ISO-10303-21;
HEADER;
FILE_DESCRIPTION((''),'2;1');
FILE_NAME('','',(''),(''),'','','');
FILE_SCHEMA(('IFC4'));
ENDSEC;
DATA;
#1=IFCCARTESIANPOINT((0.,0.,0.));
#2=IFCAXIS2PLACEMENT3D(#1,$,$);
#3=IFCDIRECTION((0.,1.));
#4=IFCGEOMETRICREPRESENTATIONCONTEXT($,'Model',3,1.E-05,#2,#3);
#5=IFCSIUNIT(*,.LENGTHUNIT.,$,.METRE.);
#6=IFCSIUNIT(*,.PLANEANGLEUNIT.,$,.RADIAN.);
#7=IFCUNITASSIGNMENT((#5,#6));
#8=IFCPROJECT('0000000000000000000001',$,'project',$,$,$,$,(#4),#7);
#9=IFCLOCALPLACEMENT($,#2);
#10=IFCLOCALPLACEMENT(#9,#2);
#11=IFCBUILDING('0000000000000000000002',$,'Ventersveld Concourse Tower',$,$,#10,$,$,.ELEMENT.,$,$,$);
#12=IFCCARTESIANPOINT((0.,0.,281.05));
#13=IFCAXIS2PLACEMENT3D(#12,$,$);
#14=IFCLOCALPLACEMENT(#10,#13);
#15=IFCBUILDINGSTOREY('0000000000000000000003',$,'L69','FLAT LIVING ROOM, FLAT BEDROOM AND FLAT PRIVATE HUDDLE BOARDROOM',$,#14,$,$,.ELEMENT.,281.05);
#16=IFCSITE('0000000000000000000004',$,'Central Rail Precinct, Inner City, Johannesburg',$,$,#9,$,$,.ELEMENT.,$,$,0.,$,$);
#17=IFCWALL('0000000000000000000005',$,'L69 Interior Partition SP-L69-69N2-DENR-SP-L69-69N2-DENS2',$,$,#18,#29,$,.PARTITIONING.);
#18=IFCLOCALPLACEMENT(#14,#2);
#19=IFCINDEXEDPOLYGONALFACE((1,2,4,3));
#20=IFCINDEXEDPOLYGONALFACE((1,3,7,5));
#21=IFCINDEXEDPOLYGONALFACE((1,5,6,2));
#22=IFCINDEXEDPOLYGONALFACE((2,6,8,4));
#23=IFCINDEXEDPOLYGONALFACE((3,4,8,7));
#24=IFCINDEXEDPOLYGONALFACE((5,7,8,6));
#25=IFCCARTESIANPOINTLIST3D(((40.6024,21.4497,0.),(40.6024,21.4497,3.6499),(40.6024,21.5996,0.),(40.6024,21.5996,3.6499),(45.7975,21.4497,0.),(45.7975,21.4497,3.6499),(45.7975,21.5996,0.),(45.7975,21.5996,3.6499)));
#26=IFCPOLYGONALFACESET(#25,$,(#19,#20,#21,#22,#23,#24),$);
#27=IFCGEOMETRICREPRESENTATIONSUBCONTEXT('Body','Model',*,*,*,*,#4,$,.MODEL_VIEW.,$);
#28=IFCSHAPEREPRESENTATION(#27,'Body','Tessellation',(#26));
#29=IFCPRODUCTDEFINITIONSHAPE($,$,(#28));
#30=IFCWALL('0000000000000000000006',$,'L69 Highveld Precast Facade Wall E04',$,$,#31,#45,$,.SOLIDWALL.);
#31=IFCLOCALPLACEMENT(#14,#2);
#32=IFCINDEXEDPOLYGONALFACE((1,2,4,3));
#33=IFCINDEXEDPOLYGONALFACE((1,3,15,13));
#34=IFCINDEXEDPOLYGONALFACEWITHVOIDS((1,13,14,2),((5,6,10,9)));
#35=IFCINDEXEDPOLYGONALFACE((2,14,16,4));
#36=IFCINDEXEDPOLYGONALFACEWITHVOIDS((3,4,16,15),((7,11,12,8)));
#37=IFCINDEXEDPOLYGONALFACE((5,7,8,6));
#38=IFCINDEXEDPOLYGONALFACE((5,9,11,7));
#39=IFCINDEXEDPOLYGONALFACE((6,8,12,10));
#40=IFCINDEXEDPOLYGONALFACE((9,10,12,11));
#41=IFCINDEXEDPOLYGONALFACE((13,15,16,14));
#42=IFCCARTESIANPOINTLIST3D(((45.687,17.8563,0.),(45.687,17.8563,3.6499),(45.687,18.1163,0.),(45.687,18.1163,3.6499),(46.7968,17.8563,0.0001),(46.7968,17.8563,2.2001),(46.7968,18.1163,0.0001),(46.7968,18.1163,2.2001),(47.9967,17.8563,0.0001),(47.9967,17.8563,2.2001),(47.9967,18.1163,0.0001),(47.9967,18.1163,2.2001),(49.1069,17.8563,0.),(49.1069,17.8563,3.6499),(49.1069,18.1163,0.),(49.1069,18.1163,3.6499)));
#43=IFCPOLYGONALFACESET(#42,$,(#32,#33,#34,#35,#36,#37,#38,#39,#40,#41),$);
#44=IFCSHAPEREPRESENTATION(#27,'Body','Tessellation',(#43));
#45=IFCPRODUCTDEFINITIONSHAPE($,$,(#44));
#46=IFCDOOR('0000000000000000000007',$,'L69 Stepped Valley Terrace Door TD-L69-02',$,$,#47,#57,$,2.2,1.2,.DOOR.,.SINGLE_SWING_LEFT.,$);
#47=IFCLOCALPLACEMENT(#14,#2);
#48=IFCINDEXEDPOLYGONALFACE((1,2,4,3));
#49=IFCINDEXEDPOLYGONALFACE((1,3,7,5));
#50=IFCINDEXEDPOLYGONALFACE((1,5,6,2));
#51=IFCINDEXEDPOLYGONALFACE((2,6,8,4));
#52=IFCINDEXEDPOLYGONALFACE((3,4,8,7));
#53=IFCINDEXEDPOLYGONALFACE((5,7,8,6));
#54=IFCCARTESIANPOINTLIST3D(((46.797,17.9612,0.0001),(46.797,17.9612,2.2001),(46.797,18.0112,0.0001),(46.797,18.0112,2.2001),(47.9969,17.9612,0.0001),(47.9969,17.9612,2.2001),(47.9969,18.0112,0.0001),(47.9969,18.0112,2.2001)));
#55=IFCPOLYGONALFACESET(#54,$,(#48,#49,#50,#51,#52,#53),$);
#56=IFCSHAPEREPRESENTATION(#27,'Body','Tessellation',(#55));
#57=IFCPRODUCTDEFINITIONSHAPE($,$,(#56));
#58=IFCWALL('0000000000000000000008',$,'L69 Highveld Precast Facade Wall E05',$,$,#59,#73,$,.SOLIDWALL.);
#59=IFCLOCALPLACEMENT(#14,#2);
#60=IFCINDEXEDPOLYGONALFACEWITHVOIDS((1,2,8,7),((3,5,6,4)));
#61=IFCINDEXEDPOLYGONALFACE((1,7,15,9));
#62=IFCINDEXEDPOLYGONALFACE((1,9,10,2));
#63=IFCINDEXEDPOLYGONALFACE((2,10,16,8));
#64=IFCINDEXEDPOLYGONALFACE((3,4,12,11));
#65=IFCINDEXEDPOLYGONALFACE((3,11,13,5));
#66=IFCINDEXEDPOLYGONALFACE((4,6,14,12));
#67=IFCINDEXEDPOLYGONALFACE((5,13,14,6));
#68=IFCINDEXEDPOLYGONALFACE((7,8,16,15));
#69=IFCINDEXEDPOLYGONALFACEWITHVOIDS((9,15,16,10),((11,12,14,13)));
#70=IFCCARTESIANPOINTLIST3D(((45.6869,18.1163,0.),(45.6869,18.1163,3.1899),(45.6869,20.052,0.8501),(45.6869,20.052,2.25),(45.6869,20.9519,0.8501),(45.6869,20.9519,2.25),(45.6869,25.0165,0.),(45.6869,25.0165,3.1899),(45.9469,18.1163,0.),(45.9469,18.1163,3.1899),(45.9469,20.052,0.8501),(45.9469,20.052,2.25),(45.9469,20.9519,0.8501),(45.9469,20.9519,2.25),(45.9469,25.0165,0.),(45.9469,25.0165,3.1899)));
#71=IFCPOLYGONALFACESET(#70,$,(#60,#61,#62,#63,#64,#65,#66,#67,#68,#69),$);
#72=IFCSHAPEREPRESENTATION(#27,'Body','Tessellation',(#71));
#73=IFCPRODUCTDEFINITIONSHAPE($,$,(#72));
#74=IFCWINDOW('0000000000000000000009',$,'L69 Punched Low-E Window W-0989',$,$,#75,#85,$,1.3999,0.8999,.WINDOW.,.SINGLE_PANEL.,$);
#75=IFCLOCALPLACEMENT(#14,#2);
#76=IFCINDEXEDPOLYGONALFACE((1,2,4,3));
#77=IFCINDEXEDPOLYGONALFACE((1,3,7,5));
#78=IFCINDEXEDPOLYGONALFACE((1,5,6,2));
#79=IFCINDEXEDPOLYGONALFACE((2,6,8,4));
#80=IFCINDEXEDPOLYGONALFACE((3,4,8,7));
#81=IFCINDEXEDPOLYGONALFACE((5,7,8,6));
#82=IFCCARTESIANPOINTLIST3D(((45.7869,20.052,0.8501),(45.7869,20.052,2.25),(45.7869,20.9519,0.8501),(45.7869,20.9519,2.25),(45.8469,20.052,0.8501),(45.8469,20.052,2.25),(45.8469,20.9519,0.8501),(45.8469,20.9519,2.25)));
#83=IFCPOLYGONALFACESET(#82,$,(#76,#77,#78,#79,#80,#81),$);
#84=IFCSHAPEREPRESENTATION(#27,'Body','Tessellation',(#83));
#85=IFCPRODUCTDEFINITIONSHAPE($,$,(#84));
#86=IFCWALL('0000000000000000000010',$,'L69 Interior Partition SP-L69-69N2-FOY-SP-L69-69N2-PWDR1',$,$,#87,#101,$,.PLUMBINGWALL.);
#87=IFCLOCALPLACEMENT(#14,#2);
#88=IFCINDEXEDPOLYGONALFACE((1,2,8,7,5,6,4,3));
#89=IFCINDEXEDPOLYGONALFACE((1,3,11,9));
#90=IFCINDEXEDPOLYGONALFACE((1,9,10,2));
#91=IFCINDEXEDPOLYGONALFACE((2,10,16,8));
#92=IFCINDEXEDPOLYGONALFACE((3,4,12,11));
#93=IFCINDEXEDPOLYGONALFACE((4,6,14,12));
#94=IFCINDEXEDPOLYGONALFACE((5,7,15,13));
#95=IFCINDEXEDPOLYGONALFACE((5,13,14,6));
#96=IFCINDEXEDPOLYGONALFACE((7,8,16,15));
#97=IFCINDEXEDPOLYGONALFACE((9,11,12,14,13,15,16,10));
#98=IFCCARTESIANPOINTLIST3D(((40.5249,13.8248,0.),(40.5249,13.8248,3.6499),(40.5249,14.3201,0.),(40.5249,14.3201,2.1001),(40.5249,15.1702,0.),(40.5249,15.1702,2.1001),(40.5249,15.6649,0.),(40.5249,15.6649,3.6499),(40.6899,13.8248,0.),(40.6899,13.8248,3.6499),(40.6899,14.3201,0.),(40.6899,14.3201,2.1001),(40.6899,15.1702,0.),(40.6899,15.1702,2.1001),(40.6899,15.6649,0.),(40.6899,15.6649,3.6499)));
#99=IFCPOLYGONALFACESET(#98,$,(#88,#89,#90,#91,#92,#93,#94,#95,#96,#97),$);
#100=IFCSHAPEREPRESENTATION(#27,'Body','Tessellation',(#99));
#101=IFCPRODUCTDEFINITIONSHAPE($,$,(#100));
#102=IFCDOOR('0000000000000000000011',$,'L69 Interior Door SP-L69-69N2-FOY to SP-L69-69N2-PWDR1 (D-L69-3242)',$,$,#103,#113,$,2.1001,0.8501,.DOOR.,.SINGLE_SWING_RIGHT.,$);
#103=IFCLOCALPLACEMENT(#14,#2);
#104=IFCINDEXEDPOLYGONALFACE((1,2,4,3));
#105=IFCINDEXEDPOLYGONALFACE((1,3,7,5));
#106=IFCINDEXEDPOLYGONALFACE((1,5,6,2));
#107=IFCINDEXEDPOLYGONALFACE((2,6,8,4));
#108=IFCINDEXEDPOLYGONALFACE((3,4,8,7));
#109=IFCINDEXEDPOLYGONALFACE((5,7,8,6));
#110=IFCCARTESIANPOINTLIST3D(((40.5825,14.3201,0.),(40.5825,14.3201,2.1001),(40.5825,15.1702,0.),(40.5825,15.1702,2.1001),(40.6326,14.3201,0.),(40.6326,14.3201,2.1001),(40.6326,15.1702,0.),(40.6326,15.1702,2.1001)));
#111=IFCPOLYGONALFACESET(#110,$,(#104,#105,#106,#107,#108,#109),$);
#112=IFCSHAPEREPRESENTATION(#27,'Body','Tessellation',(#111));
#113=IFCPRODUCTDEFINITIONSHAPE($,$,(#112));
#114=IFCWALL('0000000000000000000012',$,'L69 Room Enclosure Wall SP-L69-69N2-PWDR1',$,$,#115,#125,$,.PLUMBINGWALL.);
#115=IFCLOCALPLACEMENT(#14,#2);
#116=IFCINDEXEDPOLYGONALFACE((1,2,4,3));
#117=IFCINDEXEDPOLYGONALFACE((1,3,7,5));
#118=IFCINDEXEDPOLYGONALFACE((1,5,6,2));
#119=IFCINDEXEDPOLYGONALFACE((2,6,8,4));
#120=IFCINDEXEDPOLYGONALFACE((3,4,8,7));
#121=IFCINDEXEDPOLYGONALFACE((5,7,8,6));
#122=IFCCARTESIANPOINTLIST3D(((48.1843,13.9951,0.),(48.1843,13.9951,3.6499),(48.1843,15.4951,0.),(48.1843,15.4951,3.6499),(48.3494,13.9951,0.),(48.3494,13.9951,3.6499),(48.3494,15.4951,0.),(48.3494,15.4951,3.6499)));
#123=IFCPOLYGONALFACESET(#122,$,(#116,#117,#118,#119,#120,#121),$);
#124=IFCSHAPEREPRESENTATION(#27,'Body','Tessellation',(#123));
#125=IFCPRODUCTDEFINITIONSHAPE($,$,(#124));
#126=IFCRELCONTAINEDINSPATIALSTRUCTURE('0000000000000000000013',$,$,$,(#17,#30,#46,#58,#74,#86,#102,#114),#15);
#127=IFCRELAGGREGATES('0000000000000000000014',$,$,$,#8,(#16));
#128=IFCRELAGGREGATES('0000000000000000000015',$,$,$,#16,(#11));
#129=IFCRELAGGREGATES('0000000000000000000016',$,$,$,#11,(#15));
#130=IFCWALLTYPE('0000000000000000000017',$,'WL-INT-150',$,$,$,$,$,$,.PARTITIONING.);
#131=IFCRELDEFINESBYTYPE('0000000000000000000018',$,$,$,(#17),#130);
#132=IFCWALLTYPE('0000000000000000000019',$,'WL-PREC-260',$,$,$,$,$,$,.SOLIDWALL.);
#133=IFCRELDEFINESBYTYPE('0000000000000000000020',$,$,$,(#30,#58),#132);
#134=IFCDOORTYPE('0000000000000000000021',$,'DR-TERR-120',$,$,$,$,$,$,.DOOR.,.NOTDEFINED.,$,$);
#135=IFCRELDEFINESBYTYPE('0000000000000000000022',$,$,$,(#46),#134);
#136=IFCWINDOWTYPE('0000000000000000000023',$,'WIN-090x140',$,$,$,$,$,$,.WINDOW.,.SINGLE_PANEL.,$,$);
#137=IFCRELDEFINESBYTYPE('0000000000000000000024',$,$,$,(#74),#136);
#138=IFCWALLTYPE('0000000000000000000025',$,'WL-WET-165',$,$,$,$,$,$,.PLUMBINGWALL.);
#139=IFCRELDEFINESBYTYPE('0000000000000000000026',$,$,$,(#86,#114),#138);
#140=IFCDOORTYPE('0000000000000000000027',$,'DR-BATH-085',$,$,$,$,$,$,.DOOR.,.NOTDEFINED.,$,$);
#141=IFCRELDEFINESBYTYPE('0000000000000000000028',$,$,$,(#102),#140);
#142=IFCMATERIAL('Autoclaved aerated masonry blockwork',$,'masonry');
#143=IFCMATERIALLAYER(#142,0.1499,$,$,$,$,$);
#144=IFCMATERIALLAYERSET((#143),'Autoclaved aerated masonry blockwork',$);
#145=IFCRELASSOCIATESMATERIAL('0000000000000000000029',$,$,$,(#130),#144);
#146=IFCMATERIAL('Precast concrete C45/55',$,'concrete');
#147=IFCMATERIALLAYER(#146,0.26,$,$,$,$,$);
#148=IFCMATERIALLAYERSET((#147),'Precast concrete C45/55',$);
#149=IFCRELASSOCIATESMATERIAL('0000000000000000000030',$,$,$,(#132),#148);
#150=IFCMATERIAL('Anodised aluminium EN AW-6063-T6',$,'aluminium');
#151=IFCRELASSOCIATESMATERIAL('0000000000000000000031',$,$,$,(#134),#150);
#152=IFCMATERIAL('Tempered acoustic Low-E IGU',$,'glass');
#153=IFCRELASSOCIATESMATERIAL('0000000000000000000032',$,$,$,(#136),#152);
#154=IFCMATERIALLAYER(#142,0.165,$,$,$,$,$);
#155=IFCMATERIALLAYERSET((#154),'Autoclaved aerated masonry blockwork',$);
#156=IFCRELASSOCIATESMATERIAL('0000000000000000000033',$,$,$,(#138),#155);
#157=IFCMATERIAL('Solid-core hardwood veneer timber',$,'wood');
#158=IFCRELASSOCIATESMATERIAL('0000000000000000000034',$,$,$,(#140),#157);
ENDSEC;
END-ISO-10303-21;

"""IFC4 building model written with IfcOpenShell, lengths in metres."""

from ifc_helpers import new_model, si_unit, direction, frame, frame_2d, origin, place, context, subcontext, project, spatial, rectangle, extrude, material, layer, layer_set, type_object, element, fill, save


model = new_model("IFC4")

# Units and contexts
model_context = context("Model", 3, precision=1e-05, world=origin(), true_north=direction((0.0, 1.0)))
body_context = subcontext(model_context, "Body", "Model", "MODEL_VIEW")
ifc_project = project(units=[si_unit("LENGTHUNIT", "METRE"), si_unit("PLANEANGLEUNIT", "RADIAN")], contexts=[model_context])

# Site, building, storey
site_placement = place(None, origin())
site = spatial("IfcSite", under=ifc_project, at=site_placement, Name="Central Rail Precinct, Inner City, Johannesburg", CompositionType="ELEMENT", RefElevation=0.0)
building_placement = place(site_placement, origin())
building = spatial("IfcBuilding", under=site, at=building_placement, Name="Ventersveld Concourse Tower", CompositionType="ELEMENT")
storey_placement = place(building_placement, frame((0.0, 0.0, 281.05)))
storey = spatial("IfcBuildingStorey", under=building, at=storey_placement, Name="L69", Description="FLAT LIVING ROOM, FLAT BEDROOM AND FLAT PRIVATE HUDDLE BOARDROOM", CompositionType="ELEMENT", Elevation=281.05)

# Shared definitions
ifc_material_1 = material(Name="Solid-core hardwood veneer timber", Category="wood")

# Shared definitions
ifc_material_2 = material(Name="Autoclaved aerated masonry blockwork", Category="masonry")
ifc_layer_1 = layer(ifc_material_2, 0.1499)
ifc_layer_set_1 = layer_set([ifc_layer_1], Name="Autoclaved aerated masonry blockwork")
wall_type_1 = type_object("IfcWallType", Name="WL-INT-150", PredefinedType="PARTITIONING", material=ifc_layer_set_1)

# Wall
wall_1_placement = place(storey_placement, frame((40.6023, 21.5247, 0.0), z_axis=(0.0, 0.0, 1.0), x_axis=(1.0, 0.0, 0.0)))
element("IfcWall", 1, at=wall_1_placement, inside=storey, type_object=wall_type_1, Name="L69 Interior Partition SP-L69-69N2-DENR-SP-L69-69N2-DENS2", PredefinedType="PARTITIONING", context=body_context, shape_type="SweptSolid", body=[
    extrude(rectangle(XDim=5.1951, YDim=0.1499, at=frame_2d((2.5977, 0.0))), origin(), (0.0, 0.0, 1.0), 3.6499),
])

# Wall, opening, door
ifc_material_3 = material(Name="Precast concrete C45/55", Category="concrete")
ifc_layer_2 = layer(ifc_material_3, 0.26)
ifc_layer_set_2 = layer_set([ifc_layer_2], Name="Precast concrete C45/55")
wall_type_2 = type_object("IfcWallType", Name="WL-PREC-260", PredefinedType="SOLIDWALL", material=ifc_layer_set_2)
wall_2_placement = place(storey_placement, frame((49.1069, 17.9863, 0.0), z_axis=(0.0, 0.0, 1.0), x_axis=(-1.0, 0.0, 0.0)))
wall_2 = element("IfcWall", 2, at=wall_2_placement, inside=storey, type_object=wall_type_2, Name="L69 Highveld Precast Facade Wall E04", PredefinedType="SOLIDWALL", context=body_context, shape_type="SweptSolid", body=[
    extrude(rectangle(XDim=3.4199, YDim=0.26, at=frame_2d((1.71, 0.0))), origin(), (0.0, 0.0, 1.0), 3.6499),
])
opening_1_placement = place(wall_2_placement, frame((1.1101, 0.0, 0.0)))
opening_1 = element("IfcOpeningElement", 3, at=opening_1_placement, cuts=wall_2, PredefinedType="OPENING", context=body_context, shape_type="SweptSolid", body=[
    extrude(rectangle(XDim=1.2, YDim=2.2, at=frame_2d((0.6001, 1.1001))), frame((0.0, 0.1401, 0.0), z_axis=(0.0, -1.0, 0.0), x_axis=(1.0, 0.0, 0.0)), (0.0, 0.0, 1.0), 0.28),
])
ifc_material_4 = material(Name="Anodised aluminium EN AW-6063-T6", Category="aluminium")
door_type_1 = type_object("IfcDoorType", Name="DR-TERR-120", OperationType="NOTDEFINED", PredefinedType="DOOR", material=ifc_material_4)
door_1_placement = place(opening_1_placement, frame((1.2, 0.0, 0.0), z_axis=(0.0, 0.0, 1.0), x_axis=(-1.0, 0.0, 0.0)))
door_1 = element("IfcDoor", 4, at=door_1_placement, inside=storey, type_object=door_type_1, Name="L69 Stepped Valley Terrace Door TD-L69-02", OperationType="SINGLE_SWING_LEFT", OverallHeight=2.2, OverallWidth=1.2, PredefinedType="DOOR", context=body_context, shape_type="SweptSolid", body=[
    extrude(rectangle(XDim=1.2, YDim=2.2, at=frame_2d((0.6001, 1.1001))), frame((0.0, 0.0249, 0.0), z_axis=(0.0, -1.0, 0.0), x_axis=(1.0, 0.0, 0.0)), (0.0, 0.0, 1.0), 0.05),
])
fill(opening_1, door_1)

# Wall, opening, window
wall_3_placement = place(storey_placement, frame((45.8169, 18.1162, 0.0), z_axis=(0.0, 0.0, 1.0), x_axis=(0.0, 1.0, 0.0)))
wall_3 = element("IfcWall", 5, at=wall_3_placement, inside=storey, type_object=wall_type_2, Name="L69 Highveld Precast Facade Wall E05", PredefinedType="SOLIDWALL", context=body_context, shape_type="SweptSolid", body=[
    extrude(rectangle(XDim=6.9001, YDim=0.26, at=frame_2d((3.4502, 0.0))), origin(), (0.0, 0.0, 1.0), 3.1899),
])
opening_2_placement = place(wall_3_placement, frame((1.9358, 0.0, 0.8501)))
opening_2 = element("IfcOpeningElement", 6, at=opening_2_placement, cuts=wall_3, PredefinedType="OPENING", context=body_context, shape_type="SweptSolid", body=[
    extrude(rectangle(XDim=0.8999, YDim=1.3999, at=frame_2d((0.45, 0.7))), frame((0.0, 0.1401, 0.0), z_axis=(0.0, -1.0, 0.0), x_axis=(1.0, 0.0, 0.0)), (0.0, 0.0, 1.0), 0.28),
])
ifc_material_5 = material(Name="Tempered acoustic Low-E IGU", Category="glass")
window_type = type_object("IfcWindowType", Name="WIN-090x140", PartitioningType="SINGLE_PANEL", PredefinedType="WINDOW", material=ifc_material_5)
window_placement = place(opening_2_placement, origin())
window = element("IfcWindow", 7, at=window_placement, inside=storey, type_object=window_type, Name="L69 Punched Low-E Window W-0989", OverallHeight=1.3999, OverallWidth=0.8999, PartitioningType="SINGLE_PANEL", PredefinedType="WINDOW", context=body_context, shape_type="SweptSolid", body=[
    extrude(rectangle(XDim=0.8999, YDim=1.3999, at=frame_2d((0.45, 0.7))), frame((0.0, 0.03, 0.0), z_axis=(0.0, -1.0, 0.0), x_axis=(1.0, 0.0, 0.0)), (0.0, 0.0, 1.0), 0.0601),
])
fill(opening_2, window)

# Wall, opening, door
ifc_layer_3 = layer(ifc_material_2, 0.165)
ifc_layer_set_3 = layer_set([ifc_layer_3], Name="Autoclaved aerated masonry blockwork")
wall_type_3 = type_object("IfcWallType", Name="WL-WET-165", PredefinedType="PLUMBINGWALL", material=ifc_layer_set_3)
wall_4_placement = place(storey_placement, frame((40.6074, 13.825, 0.0), z_axis=(0.0, 0.0, 1.0), x_axis=(0.0, 1.0, 0.0)))
wall_4 = element("IfcWall", 8, at=wall_4_placement, inside=storey, type_object=wall_type_3, Name="L69 Interior Partition SP-L69-69N2-FOY-SP-L69-69N2-PWDR1", PredefinedType="PLUMBINGWALL", context=body_context, shape_type="SweptSolid", body=[
    extrude(rectangle(XDim=1.8401, YDim=0.165, at=frame_2d((0.9199, 0.0))), origin(), (0.0, 0.0, 1.0), 3.6499),
])
opening_3_placement = place(wall_4_placement, frame((0.4951, 0.0, 0.0)))
opening_3 = element("IfcOpeningElement", 9, at=opening_3_placement, cuts=wall_4, PredefinedType="OPENING", context=body_context, shape_type="SweptSolid", body=[
    extrude(rectangle(XDim=0.8501, YDim=2.1001, at=frame_2d((0.425, 1.05))), frame((0.0, 0.0925, 0.0), z_axis=(0.0, -1.0, 0.0), x_axis=(1.0, 0.0, 0.0)), (0.0, 0.0, 1.0), 0.1851),
])
door_type_2 = type_object("IfcDoorType", Name="DR-BATH-085", OperationType="NOTDEFINED", PredefinedType="DOOR", material=ifc_material_1)
door_2_placement = place(opening_3_placement, origin())
door_2 = element("IfcDoor", 10, at=door_2_placement, inside=storey, type_object=door_type_2, Name="L69 Interior Door SP-L69-69N2-FOY to SP-L69-69N2-PWDR1 (D-L69-3242)", OperationType="SINGLE_SWING_RIGHT", OverallHeight=2.1001, OverallWidth=0.8501, PredefinedType="DOOR", context=body_context, shape_type="SweptSolid", body=[
    extrude(rectangle(XDim=0.8501, YDim=2.1001, at=frame_2d((0.425, 1.05))), frame((0.0, 0.0249, 0.0), z_axis=(0.0, -1.0, 0.0), x_axis=(1.0, 0.0, 0.0)), (0.0, 0.0, 1.0), 0.05),
])
fill(opening_3, door_2)

# Wall
wall_5_placement = place(storey_placement, frame((48.2668, 15.4951, 0.0), z_axis=(0.0, 0.0, 1.0), x_axis=(0.0, -1.0, 0.0)))
element("IfcWall", 11, at=wall_5_placement, inside=storey, type_object=wall_type_3, Name="L69 Room Enclosure Wall SP-L69-69N2-PWDR1", PredefinedType="PLUMBINGWALL", context=body_context, shape_type="SweptSolid", body=[
    extrude(rectangle(XDim=1.5, YDim=0.165, at=frame_2d((0.75, 0.0))), origin(), (0.0, 0.0, 1.0), 3.6499),
])

save(model, "model.ifc")
